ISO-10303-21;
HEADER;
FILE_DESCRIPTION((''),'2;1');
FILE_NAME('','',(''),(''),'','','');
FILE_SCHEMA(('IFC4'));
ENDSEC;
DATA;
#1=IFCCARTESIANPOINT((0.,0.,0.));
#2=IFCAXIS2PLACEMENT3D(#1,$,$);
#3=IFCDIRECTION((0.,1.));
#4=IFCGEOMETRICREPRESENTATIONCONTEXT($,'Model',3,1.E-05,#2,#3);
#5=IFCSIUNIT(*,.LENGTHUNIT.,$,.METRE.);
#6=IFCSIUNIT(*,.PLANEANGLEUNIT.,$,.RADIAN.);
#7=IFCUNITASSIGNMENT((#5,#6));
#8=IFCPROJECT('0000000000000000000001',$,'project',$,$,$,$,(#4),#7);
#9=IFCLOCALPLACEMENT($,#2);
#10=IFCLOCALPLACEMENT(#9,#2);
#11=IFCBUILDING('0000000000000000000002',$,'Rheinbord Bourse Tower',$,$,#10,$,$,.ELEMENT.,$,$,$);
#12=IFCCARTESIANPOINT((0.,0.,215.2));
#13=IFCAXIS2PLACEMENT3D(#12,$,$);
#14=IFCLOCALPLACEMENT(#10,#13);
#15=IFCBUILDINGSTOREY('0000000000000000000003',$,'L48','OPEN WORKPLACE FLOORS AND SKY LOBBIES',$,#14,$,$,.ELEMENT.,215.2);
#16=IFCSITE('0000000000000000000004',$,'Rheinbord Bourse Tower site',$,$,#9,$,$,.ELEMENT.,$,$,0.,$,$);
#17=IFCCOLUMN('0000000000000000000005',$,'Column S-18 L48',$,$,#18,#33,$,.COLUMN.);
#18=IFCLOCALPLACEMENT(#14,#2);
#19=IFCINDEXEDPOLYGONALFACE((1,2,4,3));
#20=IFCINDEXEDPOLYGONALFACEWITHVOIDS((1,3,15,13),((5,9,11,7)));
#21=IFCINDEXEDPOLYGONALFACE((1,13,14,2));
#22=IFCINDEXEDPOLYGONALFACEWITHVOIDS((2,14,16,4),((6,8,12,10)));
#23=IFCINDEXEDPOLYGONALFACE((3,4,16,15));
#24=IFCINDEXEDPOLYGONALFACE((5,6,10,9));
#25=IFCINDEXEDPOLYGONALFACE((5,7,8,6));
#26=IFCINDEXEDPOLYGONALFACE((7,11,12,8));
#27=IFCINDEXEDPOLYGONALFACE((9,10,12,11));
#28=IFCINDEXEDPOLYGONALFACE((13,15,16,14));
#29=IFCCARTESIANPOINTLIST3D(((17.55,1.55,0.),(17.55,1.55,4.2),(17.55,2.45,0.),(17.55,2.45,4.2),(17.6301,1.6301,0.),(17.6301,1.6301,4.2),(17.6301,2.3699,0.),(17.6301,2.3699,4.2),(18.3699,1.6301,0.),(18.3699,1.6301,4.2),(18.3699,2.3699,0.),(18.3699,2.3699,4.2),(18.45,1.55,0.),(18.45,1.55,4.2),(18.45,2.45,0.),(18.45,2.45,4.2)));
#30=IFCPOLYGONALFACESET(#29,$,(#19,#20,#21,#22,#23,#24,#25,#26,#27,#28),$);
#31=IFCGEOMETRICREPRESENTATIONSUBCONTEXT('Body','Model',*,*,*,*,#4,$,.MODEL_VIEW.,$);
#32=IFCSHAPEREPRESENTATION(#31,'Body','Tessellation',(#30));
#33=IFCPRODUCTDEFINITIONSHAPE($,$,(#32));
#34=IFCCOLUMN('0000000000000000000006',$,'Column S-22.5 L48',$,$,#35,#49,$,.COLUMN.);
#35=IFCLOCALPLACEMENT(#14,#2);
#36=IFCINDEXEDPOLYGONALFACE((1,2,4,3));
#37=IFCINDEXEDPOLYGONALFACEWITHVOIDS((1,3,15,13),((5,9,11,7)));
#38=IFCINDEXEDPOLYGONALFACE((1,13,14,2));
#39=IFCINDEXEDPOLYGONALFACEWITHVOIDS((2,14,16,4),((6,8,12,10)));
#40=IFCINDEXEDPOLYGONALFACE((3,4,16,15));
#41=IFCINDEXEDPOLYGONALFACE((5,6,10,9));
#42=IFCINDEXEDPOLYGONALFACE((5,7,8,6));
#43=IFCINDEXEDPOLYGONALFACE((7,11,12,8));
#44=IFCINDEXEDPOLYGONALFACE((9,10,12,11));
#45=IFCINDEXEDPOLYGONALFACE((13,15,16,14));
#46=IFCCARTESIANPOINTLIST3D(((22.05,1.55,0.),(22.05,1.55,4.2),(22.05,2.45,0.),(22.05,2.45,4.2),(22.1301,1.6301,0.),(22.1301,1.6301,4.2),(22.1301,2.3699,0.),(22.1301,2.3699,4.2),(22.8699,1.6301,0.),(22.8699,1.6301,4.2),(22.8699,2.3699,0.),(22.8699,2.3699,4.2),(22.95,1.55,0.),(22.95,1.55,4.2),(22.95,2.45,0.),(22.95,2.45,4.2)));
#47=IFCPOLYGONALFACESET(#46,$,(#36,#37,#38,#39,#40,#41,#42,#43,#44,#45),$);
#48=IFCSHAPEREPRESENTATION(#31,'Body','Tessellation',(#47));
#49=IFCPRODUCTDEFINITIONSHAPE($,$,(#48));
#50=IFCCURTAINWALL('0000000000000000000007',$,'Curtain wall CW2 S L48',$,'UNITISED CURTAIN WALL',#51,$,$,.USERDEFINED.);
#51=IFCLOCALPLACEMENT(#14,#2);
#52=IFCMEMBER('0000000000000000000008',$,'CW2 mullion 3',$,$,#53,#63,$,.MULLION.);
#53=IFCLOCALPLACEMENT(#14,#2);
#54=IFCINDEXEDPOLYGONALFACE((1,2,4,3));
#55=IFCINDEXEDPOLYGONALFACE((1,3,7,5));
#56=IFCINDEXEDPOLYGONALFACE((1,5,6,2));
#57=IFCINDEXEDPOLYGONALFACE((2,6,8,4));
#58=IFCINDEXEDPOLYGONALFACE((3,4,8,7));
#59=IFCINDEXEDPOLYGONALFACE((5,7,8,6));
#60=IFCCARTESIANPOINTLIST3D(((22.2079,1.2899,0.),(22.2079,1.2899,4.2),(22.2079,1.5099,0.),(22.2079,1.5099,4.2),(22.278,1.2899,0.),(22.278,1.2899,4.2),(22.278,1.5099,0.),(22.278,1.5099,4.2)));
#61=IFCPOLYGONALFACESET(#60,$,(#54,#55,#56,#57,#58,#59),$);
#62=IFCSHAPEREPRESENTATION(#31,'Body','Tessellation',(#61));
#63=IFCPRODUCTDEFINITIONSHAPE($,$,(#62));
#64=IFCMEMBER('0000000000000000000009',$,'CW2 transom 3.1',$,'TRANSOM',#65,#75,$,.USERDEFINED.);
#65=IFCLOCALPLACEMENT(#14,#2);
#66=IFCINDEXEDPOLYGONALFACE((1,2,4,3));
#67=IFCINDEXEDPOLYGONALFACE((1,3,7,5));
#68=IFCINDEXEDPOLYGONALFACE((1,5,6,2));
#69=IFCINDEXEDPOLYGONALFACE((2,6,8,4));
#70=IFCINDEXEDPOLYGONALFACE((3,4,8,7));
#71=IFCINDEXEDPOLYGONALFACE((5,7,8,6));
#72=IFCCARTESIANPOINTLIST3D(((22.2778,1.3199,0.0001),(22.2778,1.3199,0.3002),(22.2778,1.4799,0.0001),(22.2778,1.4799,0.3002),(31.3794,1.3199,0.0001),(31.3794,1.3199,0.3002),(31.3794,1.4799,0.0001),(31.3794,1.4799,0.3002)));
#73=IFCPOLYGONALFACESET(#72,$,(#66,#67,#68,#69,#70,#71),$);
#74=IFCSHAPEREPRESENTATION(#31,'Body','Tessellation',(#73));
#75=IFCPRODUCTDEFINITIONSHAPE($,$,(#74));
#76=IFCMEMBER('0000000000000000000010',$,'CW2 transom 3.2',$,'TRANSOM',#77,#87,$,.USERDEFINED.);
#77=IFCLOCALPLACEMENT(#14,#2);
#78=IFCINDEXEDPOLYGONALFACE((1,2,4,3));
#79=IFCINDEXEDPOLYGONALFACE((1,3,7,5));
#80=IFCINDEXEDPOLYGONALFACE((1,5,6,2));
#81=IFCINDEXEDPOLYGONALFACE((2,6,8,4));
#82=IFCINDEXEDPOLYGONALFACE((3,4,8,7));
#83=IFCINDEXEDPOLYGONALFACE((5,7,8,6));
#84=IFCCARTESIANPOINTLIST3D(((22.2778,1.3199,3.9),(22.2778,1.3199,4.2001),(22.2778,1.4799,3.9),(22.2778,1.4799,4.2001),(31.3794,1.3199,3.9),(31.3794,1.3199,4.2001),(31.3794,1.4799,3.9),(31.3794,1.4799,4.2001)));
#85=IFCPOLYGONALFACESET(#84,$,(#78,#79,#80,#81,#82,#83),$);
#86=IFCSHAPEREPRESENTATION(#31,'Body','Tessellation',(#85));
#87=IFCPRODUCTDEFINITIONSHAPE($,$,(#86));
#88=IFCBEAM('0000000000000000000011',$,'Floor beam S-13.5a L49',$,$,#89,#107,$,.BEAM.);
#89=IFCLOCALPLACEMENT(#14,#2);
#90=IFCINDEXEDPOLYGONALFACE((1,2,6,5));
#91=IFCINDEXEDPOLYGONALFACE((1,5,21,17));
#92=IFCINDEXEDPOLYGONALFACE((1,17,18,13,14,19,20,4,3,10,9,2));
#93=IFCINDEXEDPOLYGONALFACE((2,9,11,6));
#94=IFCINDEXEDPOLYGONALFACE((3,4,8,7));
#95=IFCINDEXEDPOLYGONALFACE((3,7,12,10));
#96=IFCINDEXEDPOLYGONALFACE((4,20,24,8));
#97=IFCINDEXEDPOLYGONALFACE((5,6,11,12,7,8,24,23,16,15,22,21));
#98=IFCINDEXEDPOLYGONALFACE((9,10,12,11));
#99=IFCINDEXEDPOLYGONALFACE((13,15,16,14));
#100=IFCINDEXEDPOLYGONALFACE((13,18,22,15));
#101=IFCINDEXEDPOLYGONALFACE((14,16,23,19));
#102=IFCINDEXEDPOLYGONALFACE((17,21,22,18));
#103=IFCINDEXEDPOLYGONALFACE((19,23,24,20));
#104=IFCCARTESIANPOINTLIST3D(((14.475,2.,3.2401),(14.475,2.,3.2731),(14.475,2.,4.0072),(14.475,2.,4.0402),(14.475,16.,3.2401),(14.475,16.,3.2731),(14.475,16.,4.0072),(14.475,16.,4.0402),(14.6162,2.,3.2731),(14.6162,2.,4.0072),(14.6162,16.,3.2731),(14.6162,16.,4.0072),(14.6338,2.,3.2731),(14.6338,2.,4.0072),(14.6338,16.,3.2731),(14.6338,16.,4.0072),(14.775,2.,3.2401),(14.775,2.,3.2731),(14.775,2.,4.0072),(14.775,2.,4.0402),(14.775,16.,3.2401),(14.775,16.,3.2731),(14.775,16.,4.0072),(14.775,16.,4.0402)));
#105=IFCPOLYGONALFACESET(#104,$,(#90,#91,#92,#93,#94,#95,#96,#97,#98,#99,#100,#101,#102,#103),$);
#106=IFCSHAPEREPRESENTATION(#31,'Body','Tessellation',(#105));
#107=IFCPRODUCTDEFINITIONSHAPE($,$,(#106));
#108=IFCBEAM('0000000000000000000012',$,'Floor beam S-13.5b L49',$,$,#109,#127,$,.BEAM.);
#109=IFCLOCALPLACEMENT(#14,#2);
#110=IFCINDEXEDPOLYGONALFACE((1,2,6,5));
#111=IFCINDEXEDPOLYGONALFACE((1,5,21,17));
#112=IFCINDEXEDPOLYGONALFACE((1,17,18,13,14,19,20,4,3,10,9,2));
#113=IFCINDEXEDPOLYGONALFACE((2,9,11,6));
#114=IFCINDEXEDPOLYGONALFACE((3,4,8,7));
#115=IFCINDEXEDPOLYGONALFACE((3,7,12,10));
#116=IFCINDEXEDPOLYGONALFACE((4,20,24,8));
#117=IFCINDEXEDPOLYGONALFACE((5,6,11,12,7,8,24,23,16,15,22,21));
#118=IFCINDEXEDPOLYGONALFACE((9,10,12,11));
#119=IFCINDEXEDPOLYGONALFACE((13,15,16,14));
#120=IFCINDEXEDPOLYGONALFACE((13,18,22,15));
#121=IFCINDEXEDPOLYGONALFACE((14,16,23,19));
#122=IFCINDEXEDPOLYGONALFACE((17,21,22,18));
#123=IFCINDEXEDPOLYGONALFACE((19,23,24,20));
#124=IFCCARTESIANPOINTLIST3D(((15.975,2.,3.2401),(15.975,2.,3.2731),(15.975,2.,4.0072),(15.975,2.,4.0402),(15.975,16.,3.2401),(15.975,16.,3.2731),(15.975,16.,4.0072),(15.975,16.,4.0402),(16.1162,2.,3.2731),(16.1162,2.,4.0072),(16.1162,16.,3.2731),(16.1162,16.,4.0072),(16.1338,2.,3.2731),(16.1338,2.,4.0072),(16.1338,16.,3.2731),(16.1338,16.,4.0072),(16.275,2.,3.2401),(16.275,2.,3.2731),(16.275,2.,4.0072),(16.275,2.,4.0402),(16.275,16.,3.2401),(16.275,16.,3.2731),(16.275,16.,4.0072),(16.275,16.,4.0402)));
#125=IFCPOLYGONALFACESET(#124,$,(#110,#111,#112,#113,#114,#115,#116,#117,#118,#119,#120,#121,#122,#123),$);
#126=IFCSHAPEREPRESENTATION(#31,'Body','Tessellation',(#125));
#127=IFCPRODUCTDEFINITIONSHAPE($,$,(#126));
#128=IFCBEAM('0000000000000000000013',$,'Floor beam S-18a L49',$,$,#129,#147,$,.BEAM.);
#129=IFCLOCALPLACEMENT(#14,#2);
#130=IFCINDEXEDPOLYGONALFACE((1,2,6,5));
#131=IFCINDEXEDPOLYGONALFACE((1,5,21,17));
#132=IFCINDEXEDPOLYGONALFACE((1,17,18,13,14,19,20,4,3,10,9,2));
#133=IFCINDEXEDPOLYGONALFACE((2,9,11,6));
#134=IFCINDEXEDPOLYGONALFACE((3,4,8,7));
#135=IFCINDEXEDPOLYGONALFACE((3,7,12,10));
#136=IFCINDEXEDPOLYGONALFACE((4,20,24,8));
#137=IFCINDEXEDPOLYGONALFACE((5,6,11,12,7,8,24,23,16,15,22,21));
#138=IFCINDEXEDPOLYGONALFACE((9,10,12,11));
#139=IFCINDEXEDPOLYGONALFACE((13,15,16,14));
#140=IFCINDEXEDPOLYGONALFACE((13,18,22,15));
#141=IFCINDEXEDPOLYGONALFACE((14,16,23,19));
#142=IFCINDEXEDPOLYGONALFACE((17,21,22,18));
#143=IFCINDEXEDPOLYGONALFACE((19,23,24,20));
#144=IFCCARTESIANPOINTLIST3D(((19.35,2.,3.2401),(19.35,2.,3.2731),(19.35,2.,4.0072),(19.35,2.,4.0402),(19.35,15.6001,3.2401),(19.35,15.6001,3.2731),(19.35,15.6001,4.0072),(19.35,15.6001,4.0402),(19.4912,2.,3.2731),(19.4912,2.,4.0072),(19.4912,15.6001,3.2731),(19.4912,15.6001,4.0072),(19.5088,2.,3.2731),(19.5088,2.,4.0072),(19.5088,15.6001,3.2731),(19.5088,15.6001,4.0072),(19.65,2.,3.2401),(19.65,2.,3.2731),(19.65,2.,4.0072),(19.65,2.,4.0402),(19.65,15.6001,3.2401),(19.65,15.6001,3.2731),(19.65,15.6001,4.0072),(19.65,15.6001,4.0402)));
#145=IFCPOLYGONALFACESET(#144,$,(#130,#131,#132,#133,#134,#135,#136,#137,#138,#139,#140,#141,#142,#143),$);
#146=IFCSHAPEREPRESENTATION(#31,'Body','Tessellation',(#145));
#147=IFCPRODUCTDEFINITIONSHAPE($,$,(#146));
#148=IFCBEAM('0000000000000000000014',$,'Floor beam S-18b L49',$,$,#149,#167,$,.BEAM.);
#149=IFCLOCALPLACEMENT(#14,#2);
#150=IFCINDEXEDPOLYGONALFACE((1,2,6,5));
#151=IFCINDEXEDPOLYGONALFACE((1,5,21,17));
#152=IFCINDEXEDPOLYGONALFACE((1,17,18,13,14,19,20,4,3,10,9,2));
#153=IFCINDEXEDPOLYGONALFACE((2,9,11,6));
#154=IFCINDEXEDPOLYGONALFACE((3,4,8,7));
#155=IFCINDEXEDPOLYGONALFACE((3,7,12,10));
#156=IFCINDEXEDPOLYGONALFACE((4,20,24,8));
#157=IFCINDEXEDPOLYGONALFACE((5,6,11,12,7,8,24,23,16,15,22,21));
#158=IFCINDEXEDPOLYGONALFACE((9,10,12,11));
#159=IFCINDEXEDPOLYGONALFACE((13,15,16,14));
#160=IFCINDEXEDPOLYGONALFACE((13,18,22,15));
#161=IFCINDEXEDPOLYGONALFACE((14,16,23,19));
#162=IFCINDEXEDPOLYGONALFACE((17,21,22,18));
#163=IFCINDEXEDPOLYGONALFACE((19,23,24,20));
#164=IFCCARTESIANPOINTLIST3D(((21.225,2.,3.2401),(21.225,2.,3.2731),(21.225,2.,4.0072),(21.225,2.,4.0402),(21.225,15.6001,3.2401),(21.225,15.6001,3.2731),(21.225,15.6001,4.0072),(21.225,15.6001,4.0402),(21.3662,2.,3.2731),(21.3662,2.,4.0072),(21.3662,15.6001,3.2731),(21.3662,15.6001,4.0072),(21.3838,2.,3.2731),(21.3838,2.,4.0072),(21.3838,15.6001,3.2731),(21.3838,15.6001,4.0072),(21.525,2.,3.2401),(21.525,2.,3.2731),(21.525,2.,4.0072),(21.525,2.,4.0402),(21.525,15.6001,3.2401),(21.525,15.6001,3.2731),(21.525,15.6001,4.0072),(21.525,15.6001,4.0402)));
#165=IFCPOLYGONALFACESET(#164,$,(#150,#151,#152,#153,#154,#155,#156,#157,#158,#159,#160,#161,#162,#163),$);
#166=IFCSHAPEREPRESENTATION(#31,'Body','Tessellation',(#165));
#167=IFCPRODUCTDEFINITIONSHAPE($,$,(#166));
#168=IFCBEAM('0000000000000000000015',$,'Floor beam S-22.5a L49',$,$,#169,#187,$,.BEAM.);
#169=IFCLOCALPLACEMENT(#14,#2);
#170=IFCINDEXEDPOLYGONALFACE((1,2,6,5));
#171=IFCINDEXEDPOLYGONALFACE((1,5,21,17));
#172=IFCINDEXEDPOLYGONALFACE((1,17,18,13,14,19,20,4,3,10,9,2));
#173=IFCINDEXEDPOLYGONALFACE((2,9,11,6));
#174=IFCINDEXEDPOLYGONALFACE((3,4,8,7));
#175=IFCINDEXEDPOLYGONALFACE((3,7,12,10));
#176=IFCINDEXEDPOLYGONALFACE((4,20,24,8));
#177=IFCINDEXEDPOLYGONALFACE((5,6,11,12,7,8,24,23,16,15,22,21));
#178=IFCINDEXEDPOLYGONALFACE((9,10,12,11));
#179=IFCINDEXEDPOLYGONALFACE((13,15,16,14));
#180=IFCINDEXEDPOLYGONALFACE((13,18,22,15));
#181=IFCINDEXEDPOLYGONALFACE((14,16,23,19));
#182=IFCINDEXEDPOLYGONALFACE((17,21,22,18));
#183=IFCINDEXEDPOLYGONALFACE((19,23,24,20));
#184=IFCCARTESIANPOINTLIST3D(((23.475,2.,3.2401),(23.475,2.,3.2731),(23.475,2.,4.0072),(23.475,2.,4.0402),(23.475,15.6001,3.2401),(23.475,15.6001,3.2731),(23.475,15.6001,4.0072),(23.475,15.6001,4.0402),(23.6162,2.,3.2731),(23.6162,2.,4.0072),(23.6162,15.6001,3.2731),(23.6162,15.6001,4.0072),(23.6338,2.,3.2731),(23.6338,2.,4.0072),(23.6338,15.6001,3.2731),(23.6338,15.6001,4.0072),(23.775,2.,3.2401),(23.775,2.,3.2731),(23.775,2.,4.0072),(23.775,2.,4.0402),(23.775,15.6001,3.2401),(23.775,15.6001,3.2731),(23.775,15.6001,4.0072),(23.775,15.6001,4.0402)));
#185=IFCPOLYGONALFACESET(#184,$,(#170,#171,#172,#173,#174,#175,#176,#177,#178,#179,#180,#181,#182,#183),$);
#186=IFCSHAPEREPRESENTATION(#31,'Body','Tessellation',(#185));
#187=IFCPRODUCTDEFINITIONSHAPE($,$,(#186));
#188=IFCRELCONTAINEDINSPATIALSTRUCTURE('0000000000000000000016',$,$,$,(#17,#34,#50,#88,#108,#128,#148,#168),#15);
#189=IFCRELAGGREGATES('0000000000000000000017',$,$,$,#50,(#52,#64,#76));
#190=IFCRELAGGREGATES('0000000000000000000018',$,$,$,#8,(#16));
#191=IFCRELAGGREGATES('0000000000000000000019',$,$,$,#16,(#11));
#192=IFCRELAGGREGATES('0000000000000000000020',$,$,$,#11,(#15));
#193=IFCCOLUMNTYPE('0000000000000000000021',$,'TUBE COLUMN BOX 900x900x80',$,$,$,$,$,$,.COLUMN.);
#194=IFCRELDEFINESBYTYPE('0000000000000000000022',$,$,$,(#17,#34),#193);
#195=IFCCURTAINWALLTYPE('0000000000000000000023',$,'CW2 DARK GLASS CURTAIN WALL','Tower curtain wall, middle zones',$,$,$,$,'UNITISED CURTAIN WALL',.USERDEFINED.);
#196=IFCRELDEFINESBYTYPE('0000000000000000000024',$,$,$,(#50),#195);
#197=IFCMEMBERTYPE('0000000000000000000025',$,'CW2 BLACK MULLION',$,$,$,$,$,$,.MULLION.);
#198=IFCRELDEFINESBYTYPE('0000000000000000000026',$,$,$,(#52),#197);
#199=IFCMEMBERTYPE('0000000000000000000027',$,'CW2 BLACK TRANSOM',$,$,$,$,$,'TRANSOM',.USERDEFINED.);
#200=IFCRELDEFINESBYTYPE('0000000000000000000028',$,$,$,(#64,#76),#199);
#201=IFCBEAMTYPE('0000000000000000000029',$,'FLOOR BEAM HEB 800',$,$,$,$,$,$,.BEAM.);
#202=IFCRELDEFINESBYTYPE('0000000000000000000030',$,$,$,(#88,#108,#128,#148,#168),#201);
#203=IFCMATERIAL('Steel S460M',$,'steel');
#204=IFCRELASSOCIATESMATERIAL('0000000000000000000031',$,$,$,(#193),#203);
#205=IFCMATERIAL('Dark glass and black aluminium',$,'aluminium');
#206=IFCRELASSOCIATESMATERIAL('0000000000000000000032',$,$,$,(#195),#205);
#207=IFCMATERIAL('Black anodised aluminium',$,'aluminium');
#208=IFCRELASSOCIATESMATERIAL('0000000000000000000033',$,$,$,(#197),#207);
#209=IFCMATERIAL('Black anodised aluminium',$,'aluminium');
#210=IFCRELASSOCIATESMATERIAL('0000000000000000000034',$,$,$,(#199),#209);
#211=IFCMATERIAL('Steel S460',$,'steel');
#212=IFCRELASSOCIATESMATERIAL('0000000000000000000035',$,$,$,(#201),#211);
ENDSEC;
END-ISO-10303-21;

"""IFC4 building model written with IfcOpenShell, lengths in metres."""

from ifc_helpers import new_model, si_unit, direction, frame, origin, origin_2d, place, context, subcontext, project, spatial, rectangle, hollow_rectangle, i_section, extrude, material, material_profile, profile_set, type_object, element, aggregate, save


model = new_model("IFC4")

# Units and contexts
model_context = context("Model", 3, precision=1e-05, world=origin(), true_north=direction((0.0, 1.0)))
body_context = subcontext(model_context, "Body", "Model", "MODEL_VIEW")
ifc_project = project(units=[si_unit("LENGTHUNIT", "METRE"), si_unit("PLANEANGLEUNIT", "RADIAN")], contexts=[model_context])

# Site, building, storey
site_placement = place(None, origin())
site = spatial("IfcSite", under=ifc_project, at=site_placement, Name="Rheinbord Bourse Tower site", CompositionType="ELEMENT", RefElevation=0.0)
building_placement = place(site_placement, origin())
building = spatial("IfcBuilding", under=site, at=building_placement, Name="Rheinbord Bourse Tower", CompositionType="ELEMENT")
storey_placement = place(building_placement, frame((0.0, 0.0, 215.2)))
storey = spatial("IfcBuildingStorey", under=building, at=storey_placement, Name="L48", Description="OPEN WORKPLACE FLOORS AND SKY LOBBIES", CompositionType="ELEMENT", Elevation=215.2)

# Columns
ifc_material_1 = material(Name="Steel S460M", Category="steel")
ifc_material_profile_1 = material_profile(ifc_material_1, hollow_rectangle(XDim=0.8999, YDim=0.8999, WallThickness=0.0801, at=origin_2d()), Name="BOX 900x900x80")
ifc_profile_set_1 = profile_set([ifc_material_profile_1], Name="Steel S460M")
column_type = type_object("IfcColumnType", Name="TUBE COLUMN BOX 900x900x80", PredefinedType="COLUMN", material=ifc_profile_set_1)
for number, where, z_axis, x_axis, name in (
    (1, (18.0, 2.0, 0.0), (0.0, 0.0, 1.0), (0.0, 1.0, 0.0), "Column S-18 L48"),
    (2, (22.5, 2.0, 0.0), (0.0, 0.0, 1.0), (0.0, 1.0, 0.0), "Column S-22.5 L48"),
):
    element("IfcColumn", number, at=place(storey_placement, frame(where, z_axis=z_axis, x_axis=x_axis)), inside=storey, type_object=column_type, Name=name, PredefinedType="COLUMN", context=body_context, shape_type="SweptSolid", body=[
        extrude(hollow_rectangle(XDim=0.8999, YDim=0.8999, WallThickness=0.0801, at=origin_2d()), origin(), (0.0, 0.0, 1.0), 4.2),
    ])

# Curtain wall, members
ifc_material_2 = material(Name="Dark glass and black aluminium", Category="aluminium")
curtain_wall_type = type_object("IfcCurtainWallType", Name="CW2 DARK GLASS CURTAIN WALL", Description="Tower curtain wall, middle zones", ElementType="UNITISED CURTAIN WALL", PredefinedType="USERDEFINED", material=ifc_material_2)
curtain_wall_placement = place(storey_placement, origin())
curtain_wall = element("IfcCurtainWall", 3, at=curtain_wall_placement, inside=storey, type_object=curtain_wall_type, Name="Curtain wall CW2 S L48", ObjectType="UNITISED CURTAIN WALL", PredefinedType="USERDEFINED")
ifc_material_3 = material(Name="Black anodised aluminium", Category="aluminium")
ifc_material_profile_2 = material_profile(ifc_material_3, rectangle(XDim=0.22, YDim=0.0701, at=origin_2d()), Name="CW2 MULLION 70x220")
ifc_profile_set_2 = profile_set([ifc_material_profile_2], Name="Black anodised aluminium")
member_type_1 = type_object("IfcMemberType", Name="CW2 BLACK MULLION", PredefinedType="MULLION", material=ifc_profile_set_2)
member_1_placement = place(storey_placement, frame((22.2429, 1.3999, 0.0), z_axis=(0.0, 0.0, 1.0), x_axis=(0.0, 1.0, 0.0)))
member_1 = element("IfcMember", 4, at=member_1_placement, type_object=member_type_1, Name="CW2 mullion 3", PredefinedType="MULLION", context=body_context, shape_type="SweptSolid", body=[
    extrude(rectangle(XDim=0.22, YDim=0.0701, at=origin_2d()), origin(), (0.0, 0.0, 1.0), 4.2),
])
ifc_material_4 = material(Name="Black anodised aluminium", Category="aluminium")
ifc_material_profile_3 = material_profile(ifc_material_4, rectangle(XDim=0.1599, YDim=0.3, at=origin_2d()), Name="CW2 TRANSOM 300x160")
ifc_profile_set_3 = profile_set([ifc_material_profile_3], Name="Black anodised aluminium")
member_type_2 = type_object("IfcMemberType", Name="CW2 BLACK TRANSOM", ElementType="TRANSOM", PredefinedType="USERDEFINED", material=ifc_profile_set_3)
member_2_placement = place(storey_placement, frame((22.2778, 1.3999, 0.1501), z_axis=(1.0, 0.0, 0.0), x_axis=(0.0, 1.0, 0.0)))
member_2 = element("IfcMember", 5, at=member_2_placement, type_object=member_type_2, Name="CW2 transom 3.1", ObjectType="TRANSOM", PredefinedType="USERDEFINED", context=body_context, shape_type="SweptSolid", body=[
    extrude(rectangle(XDim=0.1599, YDim=0.3, at=origin_2d()), origin(), (0.0, 0.0, 1.0), 9.1016),
])
member_3_placement = place(storey_placement, frame((22.2778, 1.3999, 4.05), z_axis=(1.0, 0.0, 0.0), x_axis=(0.0, 1.0, 0.0)))
member_3 = element("IfcMember", 6, at=member_3_placement, type_object=member_type_2, Name="CW2 transom 3.2", ObjectType="TRANSOM", PredefinedType="USERDEFINED", context=body_context, shape_type="SweptSolid", body=[
    extrude(rectangle(XDim=0.1599, YDim=0.3, at=origin_2d()), origin(), (0.0, 0.0, 1.0), 9.1016),
])

# Beams
ifc_material_5 = material(Name="Steel S460", Category="steel")
ifc_material_profile_4 = material_profile(ifc_material_5, i_section(OverallWidth=0.3, OverallDepth=0.8, WebThickness=0.0176, FlangeThickness=0.033, at=origin_2d()), Name="HEB 800")
ifc_profile_set_4 = profile_set([ifc_material_profile_4], Name="Steel S460")
beam_type_1 = type_object("IfcBeamType", Name="FLOOR BEAM HEB 800", PredefinedType="BEAM", material=ifc_profile_set_4)
for number, where, z_axis, x_axis, name in (
    (7, (14.625, 2.0, 3.6401), (0.0, 1.0, 0.0), (-1.0, 0.0, 0.0), "Floor beam S-13.5a L49"),
    (8, (16.125, 2.0, 3.6401), (0.0, 1.0, 0.0), (-1.0, 0.0, 0.0), "Floor beam S-13.5b L49"),
):
    element("IfcBeam", number, at=place(storey_placement, frame(where, z_axis=z_axis, x_axis=x_axis)), inside=storey, type_object=beam_type_1, Name=name, PredefinedType="BEAM", context=body_context, shape_type="SweptSolid", body=[
        extrude(i_section(OverallWidth=0.3, OverallDepth=0.8, WebThickness=0.0176, FlangeThickness=0.033, at=origin_2d()), origin(), (0.0, 0.0, 1.0), 14.0),
    ])
for number, where, z_axis, x_axis, name in (
    (9, (19.5, 2.0, 3.6401), (0.0, 1.0, 0.0), (-1.0, 0.0, 0.0), "Floor beam S-18a L49"),
    (10, (21.375, 2.0, 3.6401), (0.0, 1.0, 0.0), (-1.0, 0.0, 0.0), "Floor beam S-18b L49"),
    (11, (23.625, 2.0, 3.6401), (0.0, 1.0, 0.0), (-1.0, 0.0, 0.0), "Floor beam S-22.5a L49"),
):
    element("IfcBeam", number, at=place(storey_placement, frame(where, z_axis=z_axis, x_axis=x_axis)), inside=storey, type_object=beam_type_1, Name=name, PredefinedType="BEAM", context=body_context, shape_type="SweptSolid", body=[
        extrude(i_section(OverallWidth=0.3, OverallDepth=0.8, WebThickness=0.0176, FlangeThickness=0.033, at=origin_2d()), origin(), (0.0, 0.0, 1.0), 13.6001),
    ])

aggregate(curtain_wall, [member_1, member_2, member_3])

save(model, "model.ifc")
